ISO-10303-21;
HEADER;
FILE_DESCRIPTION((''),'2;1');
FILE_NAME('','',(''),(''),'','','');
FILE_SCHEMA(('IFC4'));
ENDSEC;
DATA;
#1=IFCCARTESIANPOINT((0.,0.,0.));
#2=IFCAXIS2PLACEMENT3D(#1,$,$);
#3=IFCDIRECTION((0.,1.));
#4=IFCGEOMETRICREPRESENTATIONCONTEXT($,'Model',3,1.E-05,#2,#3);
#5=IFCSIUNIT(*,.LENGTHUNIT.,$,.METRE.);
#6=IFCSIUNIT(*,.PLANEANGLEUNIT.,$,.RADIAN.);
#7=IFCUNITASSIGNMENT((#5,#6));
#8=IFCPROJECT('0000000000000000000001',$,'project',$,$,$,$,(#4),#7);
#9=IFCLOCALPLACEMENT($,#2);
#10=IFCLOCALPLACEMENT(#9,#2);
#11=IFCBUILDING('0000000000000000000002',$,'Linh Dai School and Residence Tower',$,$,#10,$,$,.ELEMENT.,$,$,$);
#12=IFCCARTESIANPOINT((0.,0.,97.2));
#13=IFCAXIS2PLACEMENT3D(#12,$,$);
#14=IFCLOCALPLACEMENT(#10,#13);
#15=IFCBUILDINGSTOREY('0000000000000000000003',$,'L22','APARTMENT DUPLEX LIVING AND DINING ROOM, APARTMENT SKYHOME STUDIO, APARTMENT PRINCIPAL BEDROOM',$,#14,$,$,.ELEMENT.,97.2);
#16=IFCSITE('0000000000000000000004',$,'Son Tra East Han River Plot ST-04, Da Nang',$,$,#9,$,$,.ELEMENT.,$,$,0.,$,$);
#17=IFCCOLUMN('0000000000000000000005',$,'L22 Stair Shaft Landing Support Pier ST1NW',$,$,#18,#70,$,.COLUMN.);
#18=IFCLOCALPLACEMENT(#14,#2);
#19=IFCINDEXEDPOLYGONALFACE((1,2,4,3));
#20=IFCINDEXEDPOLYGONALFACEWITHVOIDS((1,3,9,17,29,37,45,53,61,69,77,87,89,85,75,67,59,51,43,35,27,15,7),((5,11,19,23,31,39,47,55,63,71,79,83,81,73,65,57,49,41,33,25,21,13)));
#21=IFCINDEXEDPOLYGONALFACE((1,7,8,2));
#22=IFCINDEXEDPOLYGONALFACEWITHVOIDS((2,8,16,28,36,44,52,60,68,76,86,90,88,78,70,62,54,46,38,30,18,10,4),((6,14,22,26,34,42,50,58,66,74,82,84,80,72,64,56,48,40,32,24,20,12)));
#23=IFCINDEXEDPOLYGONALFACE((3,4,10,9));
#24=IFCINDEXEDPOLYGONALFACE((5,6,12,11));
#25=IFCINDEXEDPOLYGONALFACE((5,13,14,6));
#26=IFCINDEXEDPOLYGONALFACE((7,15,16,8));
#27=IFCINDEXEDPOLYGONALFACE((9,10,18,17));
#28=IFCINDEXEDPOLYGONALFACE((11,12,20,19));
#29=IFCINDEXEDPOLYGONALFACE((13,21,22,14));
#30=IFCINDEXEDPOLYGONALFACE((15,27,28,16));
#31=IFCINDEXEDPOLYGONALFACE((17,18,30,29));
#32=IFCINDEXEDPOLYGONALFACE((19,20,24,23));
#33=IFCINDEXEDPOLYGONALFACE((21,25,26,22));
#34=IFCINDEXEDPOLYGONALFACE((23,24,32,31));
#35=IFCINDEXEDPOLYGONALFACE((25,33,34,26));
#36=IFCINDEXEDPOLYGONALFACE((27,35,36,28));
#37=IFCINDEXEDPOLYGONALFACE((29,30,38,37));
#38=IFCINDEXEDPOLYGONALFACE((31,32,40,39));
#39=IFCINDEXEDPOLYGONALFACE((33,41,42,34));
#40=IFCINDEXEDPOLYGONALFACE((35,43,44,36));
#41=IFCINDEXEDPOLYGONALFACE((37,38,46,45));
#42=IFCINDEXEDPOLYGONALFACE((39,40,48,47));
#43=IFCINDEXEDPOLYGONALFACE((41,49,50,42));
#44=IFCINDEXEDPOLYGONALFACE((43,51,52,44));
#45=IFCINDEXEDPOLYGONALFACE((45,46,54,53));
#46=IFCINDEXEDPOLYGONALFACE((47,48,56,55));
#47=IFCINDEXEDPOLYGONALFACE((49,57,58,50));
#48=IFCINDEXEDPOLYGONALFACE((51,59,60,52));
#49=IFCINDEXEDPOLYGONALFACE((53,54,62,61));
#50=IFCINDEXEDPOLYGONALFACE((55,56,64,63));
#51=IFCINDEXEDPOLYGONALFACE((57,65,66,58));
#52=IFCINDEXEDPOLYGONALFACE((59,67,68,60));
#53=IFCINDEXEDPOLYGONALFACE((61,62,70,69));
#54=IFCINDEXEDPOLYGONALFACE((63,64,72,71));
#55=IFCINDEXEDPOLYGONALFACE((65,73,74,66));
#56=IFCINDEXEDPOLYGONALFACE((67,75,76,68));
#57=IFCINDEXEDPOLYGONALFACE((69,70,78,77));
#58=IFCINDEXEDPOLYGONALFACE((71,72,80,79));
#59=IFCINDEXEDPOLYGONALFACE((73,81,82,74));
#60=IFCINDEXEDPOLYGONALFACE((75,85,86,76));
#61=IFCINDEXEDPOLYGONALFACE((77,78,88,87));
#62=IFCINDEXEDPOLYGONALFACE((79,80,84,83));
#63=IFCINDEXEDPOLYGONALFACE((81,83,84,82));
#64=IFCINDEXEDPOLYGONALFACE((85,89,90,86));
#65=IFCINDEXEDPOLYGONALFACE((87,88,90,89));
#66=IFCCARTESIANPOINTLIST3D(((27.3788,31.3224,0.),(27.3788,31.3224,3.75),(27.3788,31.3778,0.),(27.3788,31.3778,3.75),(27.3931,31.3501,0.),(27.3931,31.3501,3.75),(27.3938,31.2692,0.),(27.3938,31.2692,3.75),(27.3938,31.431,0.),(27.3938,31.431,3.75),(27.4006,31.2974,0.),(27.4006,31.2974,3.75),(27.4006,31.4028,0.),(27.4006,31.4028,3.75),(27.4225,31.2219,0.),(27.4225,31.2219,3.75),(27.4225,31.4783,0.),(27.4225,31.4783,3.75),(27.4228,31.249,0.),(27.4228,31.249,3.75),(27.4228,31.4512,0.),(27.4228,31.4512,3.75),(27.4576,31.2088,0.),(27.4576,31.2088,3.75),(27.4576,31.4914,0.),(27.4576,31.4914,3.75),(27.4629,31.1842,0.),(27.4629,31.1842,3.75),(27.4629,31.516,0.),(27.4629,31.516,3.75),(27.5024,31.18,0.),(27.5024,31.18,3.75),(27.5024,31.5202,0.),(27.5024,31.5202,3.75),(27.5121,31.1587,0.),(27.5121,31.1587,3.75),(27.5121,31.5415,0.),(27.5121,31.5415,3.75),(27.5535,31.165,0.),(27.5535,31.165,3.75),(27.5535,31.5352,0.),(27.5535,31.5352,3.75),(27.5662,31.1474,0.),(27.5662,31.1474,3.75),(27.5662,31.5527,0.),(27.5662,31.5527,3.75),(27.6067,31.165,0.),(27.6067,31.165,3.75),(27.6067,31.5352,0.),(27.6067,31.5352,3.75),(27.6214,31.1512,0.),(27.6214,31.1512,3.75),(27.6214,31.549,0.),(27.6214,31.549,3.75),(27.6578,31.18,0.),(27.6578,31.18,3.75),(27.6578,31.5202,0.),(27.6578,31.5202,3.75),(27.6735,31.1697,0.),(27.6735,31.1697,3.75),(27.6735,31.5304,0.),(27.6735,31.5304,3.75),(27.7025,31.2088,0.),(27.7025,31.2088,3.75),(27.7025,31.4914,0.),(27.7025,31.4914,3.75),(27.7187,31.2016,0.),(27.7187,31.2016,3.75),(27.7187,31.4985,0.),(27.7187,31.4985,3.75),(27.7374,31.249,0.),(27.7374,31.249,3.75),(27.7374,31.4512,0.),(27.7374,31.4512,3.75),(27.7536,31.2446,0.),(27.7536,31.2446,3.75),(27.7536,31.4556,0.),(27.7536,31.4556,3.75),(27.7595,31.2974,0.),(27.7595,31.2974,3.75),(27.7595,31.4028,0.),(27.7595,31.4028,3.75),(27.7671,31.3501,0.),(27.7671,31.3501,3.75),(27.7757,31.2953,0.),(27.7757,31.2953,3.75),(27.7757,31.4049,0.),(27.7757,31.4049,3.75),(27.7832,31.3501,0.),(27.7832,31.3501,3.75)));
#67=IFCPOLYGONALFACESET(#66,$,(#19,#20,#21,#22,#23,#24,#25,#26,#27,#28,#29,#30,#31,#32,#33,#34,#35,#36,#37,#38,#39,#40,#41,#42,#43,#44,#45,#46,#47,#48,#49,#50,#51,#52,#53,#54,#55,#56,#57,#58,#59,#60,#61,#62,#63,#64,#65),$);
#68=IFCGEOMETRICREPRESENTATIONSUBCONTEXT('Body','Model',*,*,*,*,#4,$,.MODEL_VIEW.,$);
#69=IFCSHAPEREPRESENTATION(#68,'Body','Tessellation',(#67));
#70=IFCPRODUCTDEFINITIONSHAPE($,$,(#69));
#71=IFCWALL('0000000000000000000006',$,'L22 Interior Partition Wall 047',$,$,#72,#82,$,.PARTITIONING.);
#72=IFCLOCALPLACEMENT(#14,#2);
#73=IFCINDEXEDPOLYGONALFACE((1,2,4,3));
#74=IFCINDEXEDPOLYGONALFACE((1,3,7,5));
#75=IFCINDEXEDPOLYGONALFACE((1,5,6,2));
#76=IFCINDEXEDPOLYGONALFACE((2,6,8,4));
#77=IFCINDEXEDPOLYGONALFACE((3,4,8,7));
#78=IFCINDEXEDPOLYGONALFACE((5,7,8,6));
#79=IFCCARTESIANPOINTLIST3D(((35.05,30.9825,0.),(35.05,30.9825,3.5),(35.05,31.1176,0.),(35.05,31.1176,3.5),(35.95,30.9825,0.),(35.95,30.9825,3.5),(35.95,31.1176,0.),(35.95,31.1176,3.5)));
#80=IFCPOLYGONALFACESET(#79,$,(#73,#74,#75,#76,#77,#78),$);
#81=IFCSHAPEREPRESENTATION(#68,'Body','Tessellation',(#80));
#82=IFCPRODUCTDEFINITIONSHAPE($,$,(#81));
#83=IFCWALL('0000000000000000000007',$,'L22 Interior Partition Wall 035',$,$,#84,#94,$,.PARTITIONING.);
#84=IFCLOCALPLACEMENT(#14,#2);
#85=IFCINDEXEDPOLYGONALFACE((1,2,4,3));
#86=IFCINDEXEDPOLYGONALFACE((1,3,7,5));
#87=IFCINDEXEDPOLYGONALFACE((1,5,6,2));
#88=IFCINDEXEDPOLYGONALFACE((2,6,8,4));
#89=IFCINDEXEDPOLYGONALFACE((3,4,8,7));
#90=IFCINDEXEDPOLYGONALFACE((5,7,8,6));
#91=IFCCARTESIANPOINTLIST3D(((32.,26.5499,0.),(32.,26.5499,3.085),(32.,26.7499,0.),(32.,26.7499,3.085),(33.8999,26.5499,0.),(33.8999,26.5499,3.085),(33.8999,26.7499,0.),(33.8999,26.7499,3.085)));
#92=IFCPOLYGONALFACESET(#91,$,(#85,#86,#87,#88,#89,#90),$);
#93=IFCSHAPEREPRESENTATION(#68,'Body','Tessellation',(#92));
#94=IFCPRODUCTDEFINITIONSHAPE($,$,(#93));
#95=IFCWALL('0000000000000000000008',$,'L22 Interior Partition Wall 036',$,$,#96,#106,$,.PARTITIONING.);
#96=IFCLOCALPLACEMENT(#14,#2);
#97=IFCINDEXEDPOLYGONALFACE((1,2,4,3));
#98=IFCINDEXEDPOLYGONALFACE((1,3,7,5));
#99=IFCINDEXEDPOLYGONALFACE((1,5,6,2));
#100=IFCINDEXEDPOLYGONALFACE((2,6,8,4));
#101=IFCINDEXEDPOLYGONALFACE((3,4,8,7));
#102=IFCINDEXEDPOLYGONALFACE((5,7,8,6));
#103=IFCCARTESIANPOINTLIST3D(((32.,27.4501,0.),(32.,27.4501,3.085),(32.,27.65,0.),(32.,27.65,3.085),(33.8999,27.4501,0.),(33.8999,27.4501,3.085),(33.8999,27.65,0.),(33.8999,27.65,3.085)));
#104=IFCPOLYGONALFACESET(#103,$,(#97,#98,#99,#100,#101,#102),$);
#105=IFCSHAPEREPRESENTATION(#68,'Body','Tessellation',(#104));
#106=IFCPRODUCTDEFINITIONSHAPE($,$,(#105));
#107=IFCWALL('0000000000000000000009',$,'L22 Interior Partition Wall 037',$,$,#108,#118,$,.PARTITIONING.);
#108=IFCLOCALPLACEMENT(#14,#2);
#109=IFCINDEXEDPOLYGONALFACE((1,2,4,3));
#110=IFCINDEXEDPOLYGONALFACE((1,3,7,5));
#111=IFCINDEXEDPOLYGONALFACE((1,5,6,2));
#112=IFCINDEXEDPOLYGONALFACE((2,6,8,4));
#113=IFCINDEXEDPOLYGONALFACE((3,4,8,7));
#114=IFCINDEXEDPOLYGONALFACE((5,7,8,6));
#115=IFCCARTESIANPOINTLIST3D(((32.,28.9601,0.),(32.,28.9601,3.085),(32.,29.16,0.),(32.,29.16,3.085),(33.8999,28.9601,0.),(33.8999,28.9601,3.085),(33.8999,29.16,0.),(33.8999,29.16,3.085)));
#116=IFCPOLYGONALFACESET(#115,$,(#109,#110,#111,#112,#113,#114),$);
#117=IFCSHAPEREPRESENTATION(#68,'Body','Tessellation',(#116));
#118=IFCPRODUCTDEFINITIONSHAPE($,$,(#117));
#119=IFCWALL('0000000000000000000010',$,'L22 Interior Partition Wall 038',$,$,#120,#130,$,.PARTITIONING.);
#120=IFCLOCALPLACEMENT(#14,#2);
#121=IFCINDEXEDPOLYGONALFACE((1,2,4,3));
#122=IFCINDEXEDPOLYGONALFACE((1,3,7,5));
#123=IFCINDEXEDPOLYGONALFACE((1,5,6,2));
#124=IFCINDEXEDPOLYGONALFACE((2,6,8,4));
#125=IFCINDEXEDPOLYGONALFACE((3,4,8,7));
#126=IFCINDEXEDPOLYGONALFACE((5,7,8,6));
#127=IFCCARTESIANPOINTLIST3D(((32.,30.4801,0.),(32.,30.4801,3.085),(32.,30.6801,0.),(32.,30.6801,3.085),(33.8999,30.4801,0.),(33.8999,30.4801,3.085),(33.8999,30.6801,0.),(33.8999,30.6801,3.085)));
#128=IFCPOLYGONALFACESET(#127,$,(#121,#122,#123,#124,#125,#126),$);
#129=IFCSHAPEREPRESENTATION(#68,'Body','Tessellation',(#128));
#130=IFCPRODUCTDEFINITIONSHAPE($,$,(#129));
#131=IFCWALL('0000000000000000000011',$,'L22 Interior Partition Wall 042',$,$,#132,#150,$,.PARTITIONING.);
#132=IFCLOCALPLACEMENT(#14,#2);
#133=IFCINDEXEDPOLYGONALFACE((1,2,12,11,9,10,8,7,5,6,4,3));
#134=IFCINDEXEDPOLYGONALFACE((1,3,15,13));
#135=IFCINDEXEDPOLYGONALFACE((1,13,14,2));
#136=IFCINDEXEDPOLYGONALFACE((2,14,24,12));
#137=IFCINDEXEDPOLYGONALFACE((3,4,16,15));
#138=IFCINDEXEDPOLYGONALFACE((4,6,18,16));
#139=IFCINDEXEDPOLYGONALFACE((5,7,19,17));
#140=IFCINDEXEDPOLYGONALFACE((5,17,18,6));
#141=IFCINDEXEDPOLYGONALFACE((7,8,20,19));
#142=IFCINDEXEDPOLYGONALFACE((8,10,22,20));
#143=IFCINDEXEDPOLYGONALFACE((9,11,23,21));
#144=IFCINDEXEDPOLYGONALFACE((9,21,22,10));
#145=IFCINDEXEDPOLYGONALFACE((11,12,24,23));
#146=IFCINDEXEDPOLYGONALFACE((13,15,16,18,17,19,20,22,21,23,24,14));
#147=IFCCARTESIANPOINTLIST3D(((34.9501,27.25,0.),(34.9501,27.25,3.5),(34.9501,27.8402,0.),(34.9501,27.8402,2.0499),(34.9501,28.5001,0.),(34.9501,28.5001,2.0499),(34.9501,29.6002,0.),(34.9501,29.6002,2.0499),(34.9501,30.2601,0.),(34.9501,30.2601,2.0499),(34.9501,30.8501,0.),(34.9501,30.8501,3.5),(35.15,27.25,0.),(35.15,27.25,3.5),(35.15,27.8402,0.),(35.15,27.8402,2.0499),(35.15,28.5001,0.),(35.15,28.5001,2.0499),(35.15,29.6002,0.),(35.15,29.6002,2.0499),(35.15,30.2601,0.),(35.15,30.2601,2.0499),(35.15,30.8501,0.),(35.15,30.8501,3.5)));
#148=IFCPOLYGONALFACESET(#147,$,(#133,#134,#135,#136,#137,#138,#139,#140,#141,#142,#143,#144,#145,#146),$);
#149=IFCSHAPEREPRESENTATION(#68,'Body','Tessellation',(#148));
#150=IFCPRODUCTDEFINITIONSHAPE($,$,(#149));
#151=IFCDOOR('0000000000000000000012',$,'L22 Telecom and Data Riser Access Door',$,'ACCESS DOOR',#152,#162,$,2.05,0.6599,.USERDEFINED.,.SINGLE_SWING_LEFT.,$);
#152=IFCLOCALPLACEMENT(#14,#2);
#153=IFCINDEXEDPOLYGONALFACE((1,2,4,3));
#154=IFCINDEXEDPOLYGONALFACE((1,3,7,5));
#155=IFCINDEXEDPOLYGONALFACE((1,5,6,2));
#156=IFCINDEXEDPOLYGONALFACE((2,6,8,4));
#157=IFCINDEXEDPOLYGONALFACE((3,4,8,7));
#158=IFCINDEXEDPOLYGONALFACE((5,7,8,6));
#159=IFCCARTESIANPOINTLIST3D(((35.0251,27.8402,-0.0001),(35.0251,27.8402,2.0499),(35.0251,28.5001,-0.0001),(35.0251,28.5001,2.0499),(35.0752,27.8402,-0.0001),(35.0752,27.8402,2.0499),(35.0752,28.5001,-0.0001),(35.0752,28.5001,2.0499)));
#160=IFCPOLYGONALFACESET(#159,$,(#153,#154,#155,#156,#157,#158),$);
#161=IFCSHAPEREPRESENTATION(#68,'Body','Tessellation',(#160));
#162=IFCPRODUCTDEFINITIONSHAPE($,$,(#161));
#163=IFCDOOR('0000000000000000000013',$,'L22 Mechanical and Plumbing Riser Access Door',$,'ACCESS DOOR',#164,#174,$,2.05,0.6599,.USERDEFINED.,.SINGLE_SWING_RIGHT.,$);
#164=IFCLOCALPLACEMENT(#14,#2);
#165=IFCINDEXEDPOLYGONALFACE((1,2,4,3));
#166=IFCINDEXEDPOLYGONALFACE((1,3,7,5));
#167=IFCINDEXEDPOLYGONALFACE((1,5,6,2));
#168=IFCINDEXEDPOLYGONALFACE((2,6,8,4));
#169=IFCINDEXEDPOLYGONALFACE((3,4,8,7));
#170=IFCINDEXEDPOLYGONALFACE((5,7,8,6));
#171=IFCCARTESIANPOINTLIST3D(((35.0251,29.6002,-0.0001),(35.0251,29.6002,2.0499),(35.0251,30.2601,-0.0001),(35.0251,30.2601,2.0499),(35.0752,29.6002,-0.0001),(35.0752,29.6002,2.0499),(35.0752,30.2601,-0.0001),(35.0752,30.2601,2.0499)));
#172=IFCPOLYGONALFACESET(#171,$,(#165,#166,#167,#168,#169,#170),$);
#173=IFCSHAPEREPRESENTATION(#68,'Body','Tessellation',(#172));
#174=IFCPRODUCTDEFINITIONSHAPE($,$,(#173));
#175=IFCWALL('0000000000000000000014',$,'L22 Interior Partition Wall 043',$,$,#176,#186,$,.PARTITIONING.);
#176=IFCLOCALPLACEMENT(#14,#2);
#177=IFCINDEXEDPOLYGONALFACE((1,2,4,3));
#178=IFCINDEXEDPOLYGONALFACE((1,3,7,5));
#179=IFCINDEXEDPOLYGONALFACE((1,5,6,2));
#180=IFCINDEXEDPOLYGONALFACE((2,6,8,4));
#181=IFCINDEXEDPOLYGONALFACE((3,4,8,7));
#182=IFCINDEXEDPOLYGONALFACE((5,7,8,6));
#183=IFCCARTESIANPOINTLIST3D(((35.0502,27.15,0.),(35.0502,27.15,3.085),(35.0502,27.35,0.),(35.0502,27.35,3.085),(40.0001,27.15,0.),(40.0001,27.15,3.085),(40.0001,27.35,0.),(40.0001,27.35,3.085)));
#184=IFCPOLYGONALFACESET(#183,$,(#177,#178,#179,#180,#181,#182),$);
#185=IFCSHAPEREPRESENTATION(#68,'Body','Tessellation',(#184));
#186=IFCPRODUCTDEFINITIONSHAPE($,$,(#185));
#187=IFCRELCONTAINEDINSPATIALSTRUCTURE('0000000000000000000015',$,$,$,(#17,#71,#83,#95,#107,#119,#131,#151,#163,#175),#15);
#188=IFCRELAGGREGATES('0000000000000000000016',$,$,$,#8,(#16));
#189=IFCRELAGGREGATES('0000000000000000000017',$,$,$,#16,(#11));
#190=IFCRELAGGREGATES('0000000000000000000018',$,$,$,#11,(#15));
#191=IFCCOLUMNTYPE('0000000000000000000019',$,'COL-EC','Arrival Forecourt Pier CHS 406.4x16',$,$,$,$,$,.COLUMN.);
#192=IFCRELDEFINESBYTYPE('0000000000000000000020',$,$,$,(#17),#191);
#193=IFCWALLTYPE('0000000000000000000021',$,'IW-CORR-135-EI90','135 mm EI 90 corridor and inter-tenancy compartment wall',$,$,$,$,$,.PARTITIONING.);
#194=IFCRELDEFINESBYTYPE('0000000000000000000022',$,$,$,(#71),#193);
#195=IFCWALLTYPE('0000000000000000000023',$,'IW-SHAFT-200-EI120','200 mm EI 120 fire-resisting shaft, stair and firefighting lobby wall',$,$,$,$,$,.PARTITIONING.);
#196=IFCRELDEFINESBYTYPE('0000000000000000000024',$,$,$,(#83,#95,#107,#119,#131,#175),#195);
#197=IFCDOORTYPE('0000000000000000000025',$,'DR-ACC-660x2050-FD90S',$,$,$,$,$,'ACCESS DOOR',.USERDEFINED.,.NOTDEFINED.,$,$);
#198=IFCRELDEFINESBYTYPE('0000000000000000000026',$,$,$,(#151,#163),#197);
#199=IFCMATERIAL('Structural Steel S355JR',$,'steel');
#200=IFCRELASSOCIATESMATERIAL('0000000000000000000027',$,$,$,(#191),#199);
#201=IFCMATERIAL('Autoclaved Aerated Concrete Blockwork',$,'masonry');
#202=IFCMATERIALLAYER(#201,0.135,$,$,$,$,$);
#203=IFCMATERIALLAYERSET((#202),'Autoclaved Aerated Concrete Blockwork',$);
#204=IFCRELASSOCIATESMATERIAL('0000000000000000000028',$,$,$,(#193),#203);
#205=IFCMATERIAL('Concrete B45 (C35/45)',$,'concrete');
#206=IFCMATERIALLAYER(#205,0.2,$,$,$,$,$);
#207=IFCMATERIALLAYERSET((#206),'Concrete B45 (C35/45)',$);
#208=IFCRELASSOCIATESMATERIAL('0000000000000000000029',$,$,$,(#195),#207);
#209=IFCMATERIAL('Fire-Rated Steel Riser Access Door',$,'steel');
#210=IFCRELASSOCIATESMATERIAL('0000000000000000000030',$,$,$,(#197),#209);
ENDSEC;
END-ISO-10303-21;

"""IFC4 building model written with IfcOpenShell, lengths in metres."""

from ifc_helpers import new_model, si_unit, direction, frame, frame_2d, origin, origin_2d, place, context, subcontext, project, spatial, rectangle, hollow_circle, extrude, source, transform, mapped, material, layer, layer_set, material_profile, profile_set, type_object, element, fill, save


model = new_model("IFC4")

# Units and contexts
model_context = context("Model", 3, precision=1e-05, world=origin(), true_north=direction((0.0, 1.0)))
body_context = subcontext(model_context, "Body", "Model", "MODEL_VIEW")
ifc_project = project(units=[si_unit("LENGTHUNIT", "METRE"), si_unit("PLANEANGLEUNIT", "RADIAN")], contexts=[model_context])

# Site, building, storey
site_placement = place(None, origin())
site = spatial("IfcSite", under=ifc_project, at=site_placement, Name="Son Tra East Han River Plot ST-04, Da Nang", CompositionType="ELEMENT", RefElevation=0.0)
building_placement = place(site_placement, origin())
building = spatial("IfcBuilding", under=site, at=building_placement, Name="Linh Dai School and Residence Tower", CompositionType="ELEMENT")
storey_placement = place(building_placement, frame((0.0, 0.0, 97.2)))
storey = spatial("IfcBuildingStorey", under=building, at=storey_placement, Name="L22", Description="APARTMENT DUPLEX LIVING AND DINING ROOM, APARTMENT SKYHOME STUDIO, APARTMENT PRINCIPAL BEDROOM", CompositionType="ELEMENT", Elevation=97.2)

# Column
ifc_material_1 = material(Name="Structural Steel S355JR", Category="steel")
ifc_material_profile = material_profile(ifc_material_1, hollow_circle(Radius=0.2031, WallThickness=0.0161, at=origin_2d()), Name="CHS 406.4x16")
ifc_profile_set = profile_set([ifc_material_profile], Name="Structural Steel S355JR")
column_type = type_object("IfcColumnType", Name="COL-EC", Description="Arrival Forecourt Pier CHS 406.4x16", PredefinedType="COLUMN", material=ifc_profile_set)
column_placement = place(storey_placement, frame((27.5801, 31.3501, 0.0), z_axis=(0.0, 0.0, 1.0), x_axis=(1.0, 0.0, 0.0)))
element("IfcColumn", 1, at=column_placement, inside=storey, type_object=column_type, Name="L22 Stair Shaft Landing Support Pier ST1NW", PredefinedType="COLUMN", context=body_context, shape_type="SweptSolid", body=[
    extrude(hollow_circle(Radius=0.2031, WallThickness=0.0161, at=origin_2d()), origin(), (0.0, 0.0, 1.0), 3.75),
])

# Shared definitions
ifc_material_2 = material(Name="Autoclaved Aerated Concrete Blockwork", Category="masonry")
ifc_layer_1 = layer(ifc_material_2, 0.135)
ifc_layer_set_1 = layer_set([ifc_layer_1], Name="Autoclaved Aerated Concrete Blockwork")
wall_type_1 = type_object("IfcWallType", Name="IW-CORR-135-EI90", Description="135 mm EI 90 corridor and inter-tenancy compartment wall", PredefinedType="PARTITIONING", material=ifc_layer_set_1)

# Walls
wall_1_placement = place(storey_placement, frame((35.05, 31.05, 0.0), z_axis=(0.0, 0.0, 1.0), x_axis=(1.0, 0.0, 0.0)))
element("IfcWall", 2, at=wall_1_placement, inside=storey, type_object=wall_type_1, Name="L22 Interior Partition Wall 047", PredefinedType="PARTITIONING", context=body_context, shape_type="SweptSolid", body=[
    extrude(rectangle(XDim=0.8999, YDim=0.135, at=frame_2d((0.45, 0.0))), origin(), (0.0, 0.0, 1.0), 3.5),
])
ifc_material_3 = material(Name="Concrete B45 (C35/45)", Category="concrete")
ifc_layer_2 = layer(ifc_material_3, 0.2)
ifc_layer_set_2 = layer_set([ifc_layer_2], Name="Concrete B45 (C35/45)")
wall_type_2 = type_object("IfcWallType", Name="IW-SHAFT-200-EI120", Description="200 mm EI 120 fire-resisting shaft, stair and firefighting lobby wall", PredefinedType="PARTITIONING", material=ifc_layer_set_2)
for number, where, z_axis, x_axis, name in (
    (3, (32.0, 26.6499, 0.0), (0.0, 0.0, 1.0), (1.0, 0.0, 0.0), "L22 Interior Partition Wall 035"),
    (4, (32.0, 27.55, 0.0), (0.0, 0.0, 1.0), (1.0, 0.0, 0.0), "L22 Interior Partition Wall 036"),
    (5, (32.0, 29.0601, 0.0), (0.0, 0.0, 1.0), (1.0, 0.0, 0.0), "L22 Interior Partition Wall 037"),
    (6, (32.0, 30.5801, 0.0), (0.0, 0.0, 1.0), (1.0, 0.0, 0.0), "L22 Interior Partition Wall 038"),
):
    element("IfcWall", number, at=place(storey_placement, frame(where, z_axis=z_axis, x_axis=x_axis)), inside=storey, type_object=wall_type_2, Name=name, PredefinedType="PARTITIONING", context=body_context, shape_type="SweptSolid", body=[
        extrude(rectangle(XDim=1.8999, YDim=0.2, at=frame_2d((0.95, 0.0))), origin(), (0.0, 0.0, 1.0), 3.085),
    ])

# Wall, openings, doors
wall_2_placement = place(storey_placement, frame((35.05, 27.25, 0.0), z_axis=(0.0, 0.0, 1.0), x_axis=(0.0, 1.0, 0.0)))
wall_2 = element("IfcWall", 7, at=wall_2_placement, inside=storey, type_object=wall_type_2, Name="L22 Interior Partition Wall 042", PredefinedType="PARTITIONING", context=body_context, shape_type="SweptSolid", body=[
    extrude(rectangle(XDim=3.6001, YDim=0.2, at=frame_2d((1.8, 0.0))), origin(), (0.0, 0.0, 1.0), 3.5),
])
opening_1_placement = place(wall_2_placement, frame((0.5901, 0.0, 0.0)))
opening_1 = element("IfcOpeningElement", 8, at=opening_1_placement, cuts=wall_2, PredefinedType="OPENING", context=body_context, shape_type="SweptSolid", body=[
    extrude(rectangle(XDim=0.6599, YDim=2.05, at=origin_2d()), frame((0.3301, 0.1099, 1.0249), z_axis=(0.0, -1.0, 0.0), x_axis=(1.0, 0.0, 0.0)), (0.0, 0.0, 1.0), 0.22),
])
opening_2_placement = place(wall_2_placement, frame((2.3501, 0.0, 0.0)))
opening_2 = element("IfcOpeningElement", 9, at=opening_2_placement, cuts=wall_2, PredefinedType="OPENING", context=body_context, shape_type="SweptSolid", body=[
    extrude(rectangle(XDim=0.6599, YDim=2.05, at=origin_2d()), frame((0.3301, 0.1099, 1.0249), z_axis=(0.0, -1.0, 0.0), x_axis=(1.0, 0.0, 0.0)), (0.0, 0.0, 1.0), 0.22),
])
ifc_material_4 = material(Name="Fire-Rated Steel Riser Access Door", Category="steel")
door_type_1 = type_object("IfcDoorType", Name="DR-ACC-660x2050-FD90S", ElementType="ACCESS DOOR", OperationType="NOTDEFINED", PredefinedType="USERDEFINED", material=ifc_material_4)
shared_shape_1 = source(origin(), body_context, "Body", "SweptSolid", [
    extrude(rectangle(XDim=0.6599, YDim=2.05, at=origin_2d()), frame((0.3301, 0.0249, 1.0249), z_axis=(0.0, -1.0, 0.0), x_axis=(1.0, 0.0, 0.0)), (0.0, 0.0, 1.0), 0.05),
])
door_1_placement = place(opening_1_placement, origin())
door_1 = element("IfcDoor", 10, at=door_1_placement, inside=storey, type_object=door_type_1, Name="L22 Telecom and Data Riser Access Door", ObjectType="ACCESS DOOR", OperationType="SINGLE_SWING_LEFT", OverallHeight=2.05, OverallWidth=0.6599, PredefinedType="USERDEFINED", context=body_context, shape_type="MappedRepresentation", body=[
    mapped(shared_shape_1, transform((0.0, 0.0, 0.0), x_axis=(1.0, 0.0, 0.0), y_axis=(0.0, 1.0, 0.0), z_axis=(0.0, 0.0, 1.0), scale=1.0)),
])
fill(opening_1, door_1)
door_2_placement = place(opening_2_placement, origin())
door_2 = element("IfcDoor", 11, at=door_2_placement, inside=storey, type_object=door_type_1, Name="L22 Mechanical and Plumbing Riser Access Door", ObjectType="ACCESS DOOR", OperationType="SINGLE_SWING_RIGHT", OverallHeight=2.05, OverallWidth=0.6599, PredefinedType="USERDEFINED", context=body_context, shape_type="MappedRepresentation", body=[
    mapped(shared_shape_1, transform((0.0, 0.0, 0.0), x_axis=(1.0, 0.0, 0.0), y_axis=(0.0, 1.0, 0.0), z_axis=(0.0, 0.0, 1.0), scale=1.0)),
])
fill(opening_2, door_2)

# Wall
wall_3_placement = place(storey_placement, frame((35.05, 27.25, 0.0), z_axis=(0.0, 0.0, 1.0), x_axis=(1.0, 0.0, 0.0)))
element("IfcWall", 12, at=wall_3_placement, inside=storey, type_object=wall_type_2, Name="L22 Interior Partition Wall 043", PredefinedType="PARTITIONING", context=body_context, shape_type="SweptSolid", body=[
    extrude(rectangle(XDim=4.95, YDim=0.2, at=frame_2d((2.4751, 0.0))), origin(), (0.0, 0.0, 1.0), 3.085),
])

save(model, "model.ifc")
